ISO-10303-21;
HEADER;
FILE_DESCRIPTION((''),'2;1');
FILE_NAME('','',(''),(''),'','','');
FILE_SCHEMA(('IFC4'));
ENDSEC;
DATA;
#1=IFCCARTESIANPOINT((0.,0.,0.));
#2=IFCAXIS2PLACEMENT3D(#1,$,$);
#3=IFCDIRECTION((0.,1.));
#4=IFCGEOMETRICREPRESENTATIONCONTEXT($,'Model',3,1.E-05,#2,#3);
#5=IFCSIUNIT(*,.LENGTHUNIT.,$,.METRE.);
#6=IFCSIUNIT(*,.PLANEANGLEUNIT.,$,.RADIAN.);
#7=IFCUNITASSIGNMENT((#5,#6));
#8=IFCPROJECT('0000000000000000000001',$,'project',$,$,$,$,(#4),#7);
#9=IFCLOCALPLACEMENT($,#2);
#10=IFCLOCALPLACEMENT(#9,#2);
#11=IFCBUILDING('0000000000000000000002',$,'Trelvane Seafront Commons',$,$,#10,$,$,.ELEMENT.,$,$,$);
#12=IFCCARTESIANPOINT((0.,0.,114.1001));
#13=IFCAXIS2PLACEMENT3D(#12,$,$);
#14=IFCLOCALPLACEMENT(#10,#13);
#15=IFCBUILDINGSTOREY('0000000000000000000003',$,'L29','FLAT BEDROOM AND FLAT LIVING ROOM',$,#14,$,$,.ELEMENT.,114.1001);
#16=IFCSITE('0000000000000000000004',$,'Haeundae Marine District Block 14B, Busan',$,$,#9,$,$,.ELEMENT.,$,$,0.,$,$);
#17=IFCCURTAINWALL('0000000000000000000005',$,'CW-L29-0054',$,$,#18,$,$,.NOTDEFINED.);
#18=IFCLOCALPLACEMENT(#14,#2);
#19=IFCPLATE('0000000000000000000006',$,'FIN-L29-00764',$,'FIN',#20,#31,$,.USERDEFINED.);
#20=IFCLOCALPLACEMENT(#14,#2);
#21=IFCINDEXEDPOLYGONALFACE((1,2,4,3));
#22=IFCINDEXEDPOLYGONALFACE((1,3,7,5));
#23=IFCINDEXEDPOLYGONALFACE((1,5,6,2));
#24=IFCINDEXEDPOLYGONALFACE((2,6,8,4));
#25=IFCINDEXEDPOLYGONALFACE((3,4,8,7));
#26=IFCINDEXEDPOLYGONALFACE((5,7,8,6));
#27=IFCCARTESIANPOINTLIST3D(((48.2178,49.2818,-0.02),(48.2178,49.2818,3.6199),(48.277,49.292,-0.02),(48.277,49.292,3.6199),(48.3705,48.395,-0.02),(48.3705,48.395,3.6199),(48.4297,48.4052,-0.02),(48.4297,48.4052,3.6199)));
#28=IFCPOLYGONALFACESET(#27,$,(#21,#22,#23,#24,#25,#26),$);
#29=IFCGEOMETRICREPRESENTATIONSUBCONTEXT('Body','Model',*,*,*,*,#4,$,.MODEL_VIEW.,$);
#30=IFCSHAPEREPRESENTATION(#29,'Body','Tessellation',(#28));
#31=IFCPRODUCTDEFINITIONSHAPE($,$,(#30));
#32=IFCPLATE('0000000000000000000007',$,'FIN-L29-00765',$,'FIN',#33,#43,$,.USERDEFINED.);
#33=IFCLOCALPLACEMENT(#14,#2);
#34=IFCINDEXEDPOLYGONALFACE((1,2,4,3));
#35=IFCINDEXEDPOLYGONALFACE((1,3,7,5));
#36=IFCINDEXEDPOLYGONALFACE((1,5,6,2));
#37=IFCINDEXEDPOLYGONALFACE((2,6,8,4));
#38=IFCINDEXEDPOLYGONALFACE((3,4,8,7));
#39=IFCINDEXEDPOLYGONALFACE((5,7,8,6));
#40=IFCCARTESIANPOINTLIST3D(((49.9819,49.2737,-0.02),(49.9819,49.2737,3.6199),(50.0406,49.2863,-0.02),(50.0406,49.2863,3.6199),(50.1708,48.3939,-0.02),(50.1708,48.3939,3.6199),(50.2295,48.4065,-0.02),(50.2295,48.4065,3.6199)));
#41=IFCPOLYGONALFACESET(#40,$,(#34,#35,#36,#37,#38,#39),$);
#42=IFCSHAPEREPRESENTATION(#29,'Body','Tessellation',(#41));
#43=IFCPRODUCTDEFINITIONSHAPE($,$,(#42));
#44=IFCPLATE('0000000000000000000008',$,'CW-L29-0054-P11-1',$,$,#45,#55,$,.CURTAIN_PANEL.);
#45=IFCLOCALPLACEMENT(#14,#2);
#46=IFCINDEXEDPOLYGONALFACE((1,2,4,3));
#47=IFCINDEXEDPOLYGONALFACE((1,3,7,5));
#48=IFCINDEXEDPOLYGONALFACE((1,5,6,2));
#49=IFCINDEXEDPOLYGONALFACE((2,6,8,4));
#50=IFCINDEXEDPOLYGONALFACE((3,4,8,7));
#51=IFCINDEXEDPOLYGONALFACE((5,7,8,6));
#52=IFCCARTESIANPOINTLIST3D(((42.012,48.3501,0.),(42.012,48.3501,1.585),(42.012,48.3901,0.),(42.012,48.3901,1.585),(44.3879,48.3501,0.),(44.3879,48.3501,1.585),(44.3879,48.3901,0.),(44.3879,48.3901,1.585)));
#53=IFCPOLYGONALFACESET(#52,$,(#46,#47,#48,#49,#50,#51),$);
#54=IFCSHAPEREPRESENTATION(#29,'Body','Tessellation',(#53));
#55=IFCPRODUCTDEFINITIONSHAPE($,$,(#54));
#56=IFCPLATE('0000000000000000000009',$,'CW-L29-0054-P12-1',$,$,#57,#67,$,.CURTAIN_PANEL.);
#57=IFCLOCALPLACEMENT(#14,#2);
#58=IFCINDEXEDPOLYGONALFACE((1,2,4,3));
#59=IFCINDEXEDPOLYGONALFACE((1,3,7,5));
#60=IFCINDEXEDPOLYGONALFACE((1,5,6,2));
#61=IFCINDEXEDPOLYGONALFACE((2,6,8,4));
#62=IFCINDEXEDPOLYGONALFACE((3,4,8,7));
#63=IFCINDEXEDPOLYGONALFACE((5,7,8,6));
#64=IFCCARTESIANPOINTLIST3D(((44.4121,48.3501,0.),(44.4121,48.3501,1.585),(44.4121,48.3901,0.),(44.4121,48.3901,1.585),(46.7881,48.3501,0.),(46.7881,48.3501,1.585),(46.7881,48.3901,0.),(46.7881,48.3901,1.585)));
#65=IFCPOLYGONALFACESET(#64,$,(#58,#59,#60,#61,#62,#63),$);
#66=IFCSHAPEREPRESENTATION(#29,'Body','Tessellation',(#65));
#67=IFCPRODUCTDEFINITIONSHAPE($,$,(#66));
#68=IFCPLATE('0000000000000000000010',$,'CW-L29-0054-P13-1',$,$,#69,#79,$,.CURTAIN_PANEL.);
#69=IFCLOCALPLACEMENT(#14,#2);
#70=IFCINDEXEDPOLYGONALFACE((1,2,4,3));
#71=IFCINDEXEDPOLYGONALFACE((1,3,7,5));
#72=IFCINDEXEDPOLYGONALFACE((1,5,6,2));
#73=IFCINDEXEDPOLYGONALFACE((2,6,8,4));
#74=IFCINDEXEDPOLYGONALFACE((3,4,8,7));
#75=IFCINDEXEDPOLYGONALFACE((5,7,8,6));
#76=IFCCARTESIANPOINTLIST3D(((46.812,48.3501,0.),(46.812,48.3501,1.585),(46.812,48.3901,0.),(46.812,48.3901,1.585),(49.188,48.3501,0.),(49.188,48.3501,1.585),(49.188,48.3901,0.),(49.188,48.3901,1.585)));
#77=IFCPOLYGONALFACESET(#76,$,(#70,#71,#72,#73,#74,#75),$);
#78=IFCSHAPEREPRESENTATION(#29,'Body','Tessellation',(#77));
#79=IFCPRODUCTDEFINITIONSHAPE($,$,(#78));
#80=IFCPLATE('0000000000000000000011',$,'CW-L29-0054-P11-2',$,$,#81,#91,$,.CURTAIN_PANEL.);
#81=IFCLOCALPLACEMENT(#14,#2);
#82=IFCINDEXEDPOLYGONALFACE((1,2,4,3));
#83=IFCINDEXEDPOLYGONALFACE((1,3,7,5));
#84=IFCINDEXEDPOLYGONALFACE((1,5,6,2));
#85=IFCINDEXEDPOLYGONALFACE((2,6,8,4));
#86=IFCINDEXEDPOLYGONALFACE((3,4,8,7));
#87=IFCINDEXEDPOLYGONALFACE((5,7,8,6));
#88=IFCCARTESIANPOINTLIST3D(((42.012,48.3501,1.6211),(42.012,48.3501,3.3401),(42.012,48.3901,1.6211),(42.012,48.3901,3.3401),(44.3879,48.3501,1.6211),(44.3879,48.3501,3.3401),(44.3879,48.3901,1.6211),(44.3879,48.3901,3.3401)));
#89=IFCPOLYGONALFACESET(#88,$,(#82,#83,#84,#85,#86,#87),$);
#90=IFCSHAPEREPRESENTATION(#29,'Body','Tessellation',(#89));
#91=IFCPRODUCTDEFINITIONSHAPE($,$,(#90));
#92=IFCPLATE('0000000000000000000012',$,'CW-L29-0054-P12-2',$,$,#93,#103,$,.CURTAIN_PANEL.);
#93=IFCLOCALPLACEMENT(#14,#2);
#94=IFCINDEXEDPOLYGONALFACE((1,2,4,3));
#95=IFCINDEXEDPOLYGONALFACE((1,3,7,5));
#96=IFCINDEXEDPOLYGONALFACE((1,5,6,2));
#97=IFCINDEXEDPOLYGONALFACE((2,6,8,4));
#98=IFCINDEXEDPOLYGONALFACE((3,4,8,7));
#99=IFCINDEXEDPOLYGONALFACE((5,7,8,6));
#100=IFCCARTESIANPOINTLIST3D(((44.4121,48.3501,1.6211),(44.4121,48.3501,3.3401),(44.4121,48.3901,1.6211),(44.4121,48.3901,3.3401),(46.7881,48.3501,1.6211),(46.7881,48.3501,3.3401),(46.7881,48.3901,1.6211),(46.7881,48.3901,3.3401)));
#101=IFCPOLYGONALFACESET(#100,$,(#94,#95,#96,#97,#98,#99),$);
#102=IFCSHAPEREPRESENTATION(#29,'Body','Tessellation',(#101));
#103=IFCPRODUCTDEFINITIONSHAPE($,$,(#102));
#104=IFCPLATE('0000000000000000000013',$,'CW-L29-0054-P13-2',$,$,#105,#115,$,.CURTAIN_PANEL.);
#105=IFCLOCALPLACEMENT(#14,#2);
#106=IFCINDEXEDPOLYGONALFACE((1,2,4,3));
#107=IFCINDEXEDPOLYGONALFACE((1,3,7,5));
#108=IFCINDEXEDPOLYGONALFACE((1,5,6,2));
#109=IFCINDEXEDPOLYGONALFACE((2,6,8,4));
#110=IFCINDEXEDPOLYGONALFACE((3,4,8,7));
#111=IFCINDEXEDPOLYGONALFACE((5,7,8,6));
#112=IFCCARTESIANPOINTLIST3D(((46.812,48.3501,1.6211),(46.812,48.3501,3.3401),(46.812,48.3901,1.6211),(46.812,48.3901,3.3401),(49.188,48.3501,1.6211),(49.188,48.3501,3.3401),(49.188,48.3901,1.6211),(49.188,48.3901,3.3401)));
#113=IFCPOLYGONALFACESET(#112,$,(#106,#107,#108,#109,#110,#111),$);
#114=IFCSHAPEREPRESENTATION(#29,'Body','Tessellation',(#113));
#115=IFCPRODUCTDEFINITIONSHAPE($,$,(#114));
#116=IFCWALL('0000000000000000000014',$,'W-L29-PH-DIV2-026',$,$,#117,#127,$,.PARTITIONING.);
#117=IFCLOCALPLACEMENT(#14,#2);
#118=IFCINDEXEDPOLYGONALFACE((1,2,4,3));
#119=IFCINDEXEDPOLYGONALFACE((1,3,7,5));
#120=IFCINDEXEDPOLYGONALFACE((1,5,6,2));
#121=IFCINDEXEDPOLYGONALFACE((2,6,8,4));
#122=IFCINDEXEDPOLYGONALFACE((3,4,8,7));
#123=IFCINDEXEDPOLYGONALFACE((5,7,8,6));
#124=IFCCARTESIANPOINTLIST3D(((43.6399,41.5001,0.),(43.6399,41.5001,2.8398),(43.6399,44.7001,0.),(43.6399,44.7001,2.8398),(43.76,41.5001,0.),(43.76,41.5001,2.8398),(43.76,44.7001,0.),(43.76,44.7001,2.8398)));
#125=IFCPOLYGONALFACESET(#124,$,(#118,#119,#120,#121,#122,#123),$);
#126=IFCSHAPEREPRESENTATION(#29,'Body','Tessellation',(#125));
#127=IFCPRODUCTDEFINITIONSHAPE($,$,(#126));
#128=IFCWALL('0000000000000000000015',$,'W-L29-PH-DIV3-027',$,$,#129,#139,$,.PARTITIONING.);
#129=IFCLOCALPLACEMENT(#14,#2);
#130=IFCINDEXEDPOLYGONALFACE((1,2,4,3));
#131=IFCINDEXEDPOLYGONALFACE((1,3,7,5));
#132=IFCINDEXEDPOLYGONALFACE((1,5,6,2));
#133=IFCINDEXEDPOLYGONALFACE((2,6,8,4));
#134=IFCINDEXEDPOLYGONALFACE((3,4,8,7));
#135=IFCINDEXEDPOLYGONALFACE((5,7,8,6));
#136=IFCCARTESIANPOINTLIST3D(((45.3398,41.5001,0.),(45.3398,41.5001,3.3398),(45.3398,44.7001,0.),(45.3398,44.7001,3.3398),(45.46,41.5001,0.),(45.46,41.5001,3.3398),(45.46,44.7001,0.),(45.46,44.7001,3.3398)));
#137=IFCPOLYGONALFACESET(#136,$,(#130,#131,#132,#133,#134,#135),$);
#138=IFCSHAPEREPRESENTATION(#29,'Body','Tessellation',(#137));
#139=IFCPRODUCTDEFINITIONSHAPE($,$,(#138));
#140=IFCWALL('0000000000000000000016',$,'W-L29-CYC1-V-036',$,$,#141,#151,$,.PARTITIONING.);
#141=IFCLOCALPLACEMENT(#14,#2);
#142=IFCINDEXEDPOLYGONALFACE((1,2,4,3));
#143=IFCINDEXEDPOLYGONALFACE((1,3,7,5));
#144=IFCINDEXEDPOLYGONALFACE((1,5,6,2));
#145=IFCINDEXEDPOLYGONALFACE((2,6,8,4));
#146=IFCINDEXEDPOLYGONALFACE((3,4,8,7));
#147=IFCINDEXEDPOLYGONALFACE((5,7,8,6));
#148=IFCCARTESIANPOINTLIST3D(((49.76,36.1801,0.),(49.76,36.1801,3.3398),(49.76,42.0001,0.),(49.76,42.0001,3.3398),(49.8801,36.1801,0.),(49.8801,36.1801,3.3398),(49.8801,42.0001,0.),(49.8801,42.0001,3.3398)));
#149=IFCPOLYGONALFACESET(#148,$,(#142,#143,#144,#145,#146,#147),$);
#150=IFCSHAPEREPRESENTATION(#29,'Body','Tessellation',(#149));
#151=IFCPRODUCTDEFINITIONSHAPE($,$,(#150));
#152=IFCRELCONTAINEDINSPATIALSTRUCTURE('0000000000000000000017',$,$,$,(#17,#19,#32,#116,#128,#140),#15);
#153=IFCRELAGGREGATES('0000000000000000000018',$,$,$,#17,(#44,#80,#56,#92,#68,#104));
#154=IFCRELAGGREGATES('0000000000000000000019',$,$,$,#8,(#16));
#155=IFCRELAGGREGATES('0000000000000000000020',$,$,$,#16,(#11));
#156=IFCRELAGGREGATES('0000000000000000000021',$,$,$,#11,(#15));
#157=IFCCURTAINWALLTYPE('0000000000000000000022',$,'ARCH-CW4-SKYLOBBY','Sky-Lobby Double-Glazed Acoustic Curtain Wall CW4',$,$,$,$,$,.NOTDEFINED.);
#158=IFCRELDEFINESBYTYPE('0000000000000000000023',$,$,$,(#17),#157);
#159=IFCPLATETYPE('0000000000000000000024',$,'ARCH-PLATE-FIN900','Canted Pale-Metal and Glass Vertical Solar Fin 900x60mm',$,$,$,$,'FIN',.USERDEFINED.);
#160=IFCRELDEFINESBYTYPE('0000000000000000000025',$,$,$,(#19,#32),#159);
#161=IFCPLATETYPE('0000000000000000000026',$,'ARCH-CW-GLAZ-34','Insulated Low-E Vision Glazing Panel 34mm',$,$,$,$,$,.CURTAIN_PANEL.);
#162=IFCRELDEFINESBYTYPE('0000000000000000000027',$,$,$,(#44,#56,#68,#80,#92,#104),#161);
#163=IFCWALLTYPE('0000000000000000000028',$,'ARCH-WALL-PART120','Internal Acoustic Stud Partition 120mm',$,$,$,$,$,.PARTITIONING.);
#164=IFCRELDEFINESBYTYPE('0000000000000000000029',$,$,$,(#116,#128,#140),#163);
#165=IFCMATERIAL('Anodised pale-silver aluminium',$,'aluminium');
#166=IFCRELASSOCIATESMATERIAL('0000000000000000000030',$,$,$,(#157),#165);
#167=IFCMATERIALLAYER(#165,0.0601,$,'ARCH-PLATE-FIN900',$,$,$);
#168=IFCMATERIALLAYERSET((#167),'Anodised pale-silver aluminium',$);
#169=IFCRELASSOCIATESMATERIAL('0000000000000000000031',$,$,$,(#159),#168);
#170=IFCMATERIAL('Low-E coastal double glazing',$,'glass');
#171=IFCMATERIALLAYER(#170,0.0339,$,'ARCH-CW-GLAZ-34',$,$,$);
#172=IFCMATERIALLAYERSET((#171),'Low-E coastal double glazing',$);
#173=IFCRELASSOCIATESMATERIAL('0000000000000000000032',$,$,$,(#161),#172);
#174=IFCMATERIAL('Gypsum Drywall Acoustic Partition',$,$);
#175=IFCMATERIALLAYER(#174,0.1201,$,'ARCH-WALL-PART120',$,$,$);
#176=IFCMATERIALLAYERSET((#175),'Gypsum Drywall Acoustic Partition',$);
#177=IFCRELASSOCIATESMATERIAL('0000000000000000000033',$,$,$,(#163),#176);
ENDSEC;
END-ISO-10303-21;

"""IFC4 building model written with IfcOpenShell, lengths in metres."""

from ifc_helpers import new_model, si_unit, direction, frame, frame_2d, origin, origin_2d, place, context, subcontext, project, spatial, rectangle, extrude, source, transform, mapped, material, layer, layer_set, type_object, element, aggregate, save


model = new_model("IFC4")

# Units and contexts
model_context = context("Model", 3, precision=1e-05, world=origin(), true_north=direction((0.0, 1.0)))
body_context = subcontext(model_context, "Body", "Model", "MODEL_VIEW")
ifc_project = project(units=[si_unit("LENGTHUNIT", "METRE"), si_unit("PLANEANGLEUNIT", "RADIAN")], contexts=[model_context])

# Site, building, storey
site_placement = place(None, origin())
site = spatial("IfcSite", under=ifc_project, at=site_placement, Name="Haeundae Marine District Block 14B, Busan", CompositionType="ELEMENT", RefElevation=0.0)
building_placement = place(site_placement, origin())
building = spatial("IfcBuilding", under=site, at=building_placement, Name="Trelvane Seafront Commons", CompositionType="ELEMENT")
storey_placement = place(building_placement, frame((0.0, 0.0, 114.1001)))
storey = spatial("IfcBuildingStorey", under=building, at=storey_placement, Name="L29", Description="FLAT BEDROOM AND FLAT LIVING ROOM", CompositionType="ELEMENT", Elevation=114.1001)

# Curtain wall
ifc_material_1 = material(Name="Anodised pale-silver aluminium", Category="aluminium")
curtain_wall_type = type_object("IfcCurtainWallType", Name="ARCH-CW4-SKYLOBBY", Description="Sky-Lobby Double-Glazed Acoustic Curtain Wall CW4", PredefinedType="NOTDEFINED", material=ifc_material_1)
curtain_wall_placement = place(storey_placement, origin())
curtain_wall = element("IfcCurtainWall", 1, at=curtain_wall_placement, inside=storey, type_object=curtain_wall_type, Name="CW-L29-0054", PredefinedType="NOTDEFINED")

# Plates
ifc_layer_1 = layer(ifc_material_1, 0.0601, Name="ARCH-PLATE-FIN900")
ifc_layer_set_1 = layer_set([ifc_layer_1], Name="Anodised pale-silver aluminium")
plate_type_1 = type_object("IfcPlateType", Name="ARCH-PLATE-FIN900", Description="Canted Pale-Metal and Glass Vertical Solar Fin 900x60mm", ElementType="FIN", PredefinedType="USERDEFINED", material=ifc_layer_set_1)
shared_shape_1 = source(origin(), body_context, "Body", "SweptSolid", [
    extrude(rectangle(XDim=0.8999, YDim=0.0601, at=origin_2d()), origin(), (0.0, 0.0, 1.0), 3.6399),
])
for number, where, z_axis, x_axis, name in (
    (2, (48.3237, 48.8435, -0.02), (0.0, 0.0, 1.0), (-0.169676, 0.9855, 0.0), "FIN-L29-00764"),
    (3, (50.1057, 48.8401, -0.02), (0.0, 0.0, 1.0), (-0.209878, 0.977728, 0.0), "FIN-L29-00765"),
):
    element("IfcPlate", number, at=place(storey_placement, frame(where, z_axis=z_axis, x_axis=x_axis)), inside=storey, type_object=plate_type_1, Name=name, ObjectType="FIN", PredefinedType="USERDEFINED", context=body_context, shape_type="MappedRepresentation", body=[
        mapped(shared_shape_1, transform((0.0, 0.0, 0.0), x_axis=(1.0, 0.0, 0.0), y_axis=(0.0, 1.0, 0.0), z_axis=(0.0, 0.0, 1.0), scale=1.0)),
    ])

# Plates
ifc_material_2 = material(Name="Low-E coastal double glazing", Category="glass")
ifc_layer_2 = layer(ifc_material_2, 0.0339, Name="ARCH-CW-GLAZ-34")
ifc_layer_set_2 = layer_set([ifc_layer_2], Name="Low-E coastal double glazing")
plate_type_2 = type_object("IfcPlateType", Name="ARCH-CW-GLAZ-34", Description="Insulated Low-E Vision Glazing Panel 34mm", PredefinedType="CURTAIN_PANEL", material=ifc_layer_set_2)
shared_shape_2 = source(origin(), body_context, "Body", "SweptSolid", [
    extrude(rectangle(XDim=2.376, YDim=0.04, at=origin_2d()), origin(), (0.0, 0.0, 1.0), 1.585),
])
plate_1_placement = place(storey_placement, frame((43.2, 48.3701, 0.0), z_axis=(0.0, 0.0, 1.0), x_axis=(1.0, 0.0, 0.0)))
plate_1 = element("IfcPlate", 4, at=plate_1_placement, type_object=plate_type_2, Name="CW-L29-0054-P11-1", PredefinedType="CURTAIN_PANEL", context=body_context, shape_type="MappedRepresentation", body=[
    mapped(shared_shape_2, transform((0.0, 0.0, 0.0), x_axis=(1.0, 0.0, 0.0), y_axis=(0.0, 1.0, 0.0), z_axis=(0.0, 0.0, 1.0), scale=1.0)),
])
plate_2_placement = place(storey_placement, frame((45.6001, 48.3701, 0.0), z_axis=(0.0, 0.0, 1.0), x_axis=(1.0, 0.0, 0.0)))
plate_2 = element("IfcPlate", 5, at=plate_2_placement, type_object=plate_type_2, Name="CW-L29-0054-P12-1", PredefinedType="CURTAIN_PANEL", context=body_context, shape_type="MappedRepresentation", body=[
    mapped(shared_shape_2, transform((0.0, 0.0, 0.0), x_axis=(1.0, 0.0, 0.0), y_axis=(0.0, 1.0, 0.0), z_axis=(0.0, 0.0, 1.0), scale=1.0)),
])
plate_3_placement = place(storey_placement, frame((48.0, 48.3701, 0.0), z_axis=(0.0, 0.0, 1.0), x_axis=(1.0, 0.0, 0.0)))
plate_3 = element("IfcPlate", 6, at=plate_3_placement, type_object=plate_type_2, Name="CW-L29-0054-P13-1", PredefinedType="CURTAIN_PANEL", context=body_context, shape_type="MappedRepresentation", body=[
    mapped(shared_shape_2, transform((0.0, 0.0, 0.0), x_axis=(1.0, 0.0, 0.0), y_axis=(0.0, 1.0, 0.0), z_axis=(0.0, 0.0, 1.0), scale=1.0)),
])
shared_shape_3 = source(origin(), body_context, "Body", "SweptSolid", [
    extrude(rectangle(XDim=2.376, YDim=0.04, at=origin_2d()), origin(), (0.0, 0.0, 1.0), 1.719),
])
plate_4_placement = place(storey_placement, frame((43.2, 48.3701, 1.6211), z_axis=(0.0, 0.0, 1.0), x_axis=(1.0, 0.0, 0.0)))
plate_4 = element("IfcPlate", 7, at=plate_4_placement, type_object=plate_type_2, Name="CW-L29-0054-P11-2", PredefinedType="CURTAIN_PANEL", context=body_context, shape_type="MappedRepresentation", body=[
    mapped(shared_shape_3, transform((0.0, 0.0, 0.0), x_axis=(1.0, 0.0, 0.0), y_axis=(0.0, 1.0, 0.0), z_axis=(0.0, 0.0, 1.0), scale=1.0)),
])
plate_5_placement = place(storey_placement, frame((45.6001, 48.3701, 1.6211), z_axis=(0.0, 0.0, 1.0), x_axis=(1.0, 0.0, 0.0)))
plate_5 = element("IfcPlate", 8, at=plate_5_placement, type_object=plate_type_2, Name="CW-L29-0054-P12-2", PredefinedType="CURTAIN_PANEL", context=body_context, shape_type="MappedRepresentation", body=[
    mapped(shared_shape_3, transform((0.0, 0.0, 0.0), x_axis=(1.0, 0.0, 0.0), y_axis=(0.0, 1.0, 0.0), z_axis=(0.0, 0.0, 1.0), scale=1.0)),
])
plate_6_placement = place(storey_placement, frame((48.0, 48.3701, 1.6211), z_axis=(0.0, 0.0, 1.0), x_axis=(1.0, 0.0, 0.0)))
plate_6 = element("IfcPlate", 9, at=plate_6_placement, type_object=plate_type_2, Name="CW-L29-0054-P13-2", PredefinedType="CURTAIN_PANEL", context=body_context, shape_type="MappedRepresentation", body=[
    mapped(shared_shape_3, transform((0.0, 0.0, 0.0), x_axis=(1.0, 0.0, 0.0), y_axis=(0.0, 1.0, 0.0), z_axis=(0.0, 0.0, 1.0), scale=1.0)),
])
aggregate(curtain_wall, [plate_1, plate_4, plate_2, plate_5, plate_3, plate_6])

# Walls
ifc_material_3 = material(Name="Gypsum Drywall Acoustic Partition")
ifc_layer_3 = layer(ifc_material_3, 0.1201, Name="ARCH-WALL-PART120")
ifc_layer_set_3 = layer_set([ifc_layer_3], Name="Gypsum Drywall Acoustic Partition")
wall_type_1 = type_object("IfcWallType", Name="ARCH-WALL-PART120", Description="Internal Acoustic Stud Partition 120mm", PredefinedType="PARTITIONING", material=ifc_layer_set_3)
wall_1_placement = place(storey_placement, frame((43.7, 41.5, 0.0), z_axis=(0.0, 0.0, 1.0), x_axis=(0.0, 1.0, 0.0)))
element("IfcWall", 10, at=wall_1_placement, inside=storey, type_object=wall_type_1, Name="W-L29-PH-DIV2-026", PredefinedType="PARTITIONING", context=body_context, shape_type="SweptSolid", body=[
    extrude(rectangle(XDim=3.2, YDim=0.1201, at=frame_2d((1.6001, 0.0))), origin(), (0.0, 0.0, 1.0), 2.8398),
])
wall_2_placement = place(storey_placement, frame((45.3999, 41.5, 0.0), z_axis=(0.0, 0.0, 1.0), x_axis=(0.0, 1.0, 0.0)))
element("IfcWall", 11, at=wall_2_placement, inside=storey, type_object=wall_type_1, Name="W-L29-PH-DIV3-027", PredefinedType="PARTITIONING", context=body_context, shape_type="SweptSolid", body=[
    extrude(rectangle(XDim=3.2, YDim=0.1201, at=frame_2d((1.6001, 0.0))), origin(), (0.0, 0.0, 1.0), 3.3398),
])

# Wall
wall_3_placement = place(storey_placement, frame((49.8201, 36.1799, 0.0), z_axis=(0.0, 0.0, 1.0), x_axis=(0.0, 1.0, 0.0)))
element("IfcWall", 12, at=wall_3_placement, inside=storey, type_object=wall_type_1, Name="W-L29-CYC1-V-036", PredefinedType="PARTITIONING", context=body_context, shape_type="SweptSolid", body=[
    extrude(rectangle(XDim=5.8201, YDim=0.1201, at=frame_2d((2.9102, 0.0))), origin(), (0.0, 0.0, 1.0), 3.3398),
])

save(model, "model.ifc")
